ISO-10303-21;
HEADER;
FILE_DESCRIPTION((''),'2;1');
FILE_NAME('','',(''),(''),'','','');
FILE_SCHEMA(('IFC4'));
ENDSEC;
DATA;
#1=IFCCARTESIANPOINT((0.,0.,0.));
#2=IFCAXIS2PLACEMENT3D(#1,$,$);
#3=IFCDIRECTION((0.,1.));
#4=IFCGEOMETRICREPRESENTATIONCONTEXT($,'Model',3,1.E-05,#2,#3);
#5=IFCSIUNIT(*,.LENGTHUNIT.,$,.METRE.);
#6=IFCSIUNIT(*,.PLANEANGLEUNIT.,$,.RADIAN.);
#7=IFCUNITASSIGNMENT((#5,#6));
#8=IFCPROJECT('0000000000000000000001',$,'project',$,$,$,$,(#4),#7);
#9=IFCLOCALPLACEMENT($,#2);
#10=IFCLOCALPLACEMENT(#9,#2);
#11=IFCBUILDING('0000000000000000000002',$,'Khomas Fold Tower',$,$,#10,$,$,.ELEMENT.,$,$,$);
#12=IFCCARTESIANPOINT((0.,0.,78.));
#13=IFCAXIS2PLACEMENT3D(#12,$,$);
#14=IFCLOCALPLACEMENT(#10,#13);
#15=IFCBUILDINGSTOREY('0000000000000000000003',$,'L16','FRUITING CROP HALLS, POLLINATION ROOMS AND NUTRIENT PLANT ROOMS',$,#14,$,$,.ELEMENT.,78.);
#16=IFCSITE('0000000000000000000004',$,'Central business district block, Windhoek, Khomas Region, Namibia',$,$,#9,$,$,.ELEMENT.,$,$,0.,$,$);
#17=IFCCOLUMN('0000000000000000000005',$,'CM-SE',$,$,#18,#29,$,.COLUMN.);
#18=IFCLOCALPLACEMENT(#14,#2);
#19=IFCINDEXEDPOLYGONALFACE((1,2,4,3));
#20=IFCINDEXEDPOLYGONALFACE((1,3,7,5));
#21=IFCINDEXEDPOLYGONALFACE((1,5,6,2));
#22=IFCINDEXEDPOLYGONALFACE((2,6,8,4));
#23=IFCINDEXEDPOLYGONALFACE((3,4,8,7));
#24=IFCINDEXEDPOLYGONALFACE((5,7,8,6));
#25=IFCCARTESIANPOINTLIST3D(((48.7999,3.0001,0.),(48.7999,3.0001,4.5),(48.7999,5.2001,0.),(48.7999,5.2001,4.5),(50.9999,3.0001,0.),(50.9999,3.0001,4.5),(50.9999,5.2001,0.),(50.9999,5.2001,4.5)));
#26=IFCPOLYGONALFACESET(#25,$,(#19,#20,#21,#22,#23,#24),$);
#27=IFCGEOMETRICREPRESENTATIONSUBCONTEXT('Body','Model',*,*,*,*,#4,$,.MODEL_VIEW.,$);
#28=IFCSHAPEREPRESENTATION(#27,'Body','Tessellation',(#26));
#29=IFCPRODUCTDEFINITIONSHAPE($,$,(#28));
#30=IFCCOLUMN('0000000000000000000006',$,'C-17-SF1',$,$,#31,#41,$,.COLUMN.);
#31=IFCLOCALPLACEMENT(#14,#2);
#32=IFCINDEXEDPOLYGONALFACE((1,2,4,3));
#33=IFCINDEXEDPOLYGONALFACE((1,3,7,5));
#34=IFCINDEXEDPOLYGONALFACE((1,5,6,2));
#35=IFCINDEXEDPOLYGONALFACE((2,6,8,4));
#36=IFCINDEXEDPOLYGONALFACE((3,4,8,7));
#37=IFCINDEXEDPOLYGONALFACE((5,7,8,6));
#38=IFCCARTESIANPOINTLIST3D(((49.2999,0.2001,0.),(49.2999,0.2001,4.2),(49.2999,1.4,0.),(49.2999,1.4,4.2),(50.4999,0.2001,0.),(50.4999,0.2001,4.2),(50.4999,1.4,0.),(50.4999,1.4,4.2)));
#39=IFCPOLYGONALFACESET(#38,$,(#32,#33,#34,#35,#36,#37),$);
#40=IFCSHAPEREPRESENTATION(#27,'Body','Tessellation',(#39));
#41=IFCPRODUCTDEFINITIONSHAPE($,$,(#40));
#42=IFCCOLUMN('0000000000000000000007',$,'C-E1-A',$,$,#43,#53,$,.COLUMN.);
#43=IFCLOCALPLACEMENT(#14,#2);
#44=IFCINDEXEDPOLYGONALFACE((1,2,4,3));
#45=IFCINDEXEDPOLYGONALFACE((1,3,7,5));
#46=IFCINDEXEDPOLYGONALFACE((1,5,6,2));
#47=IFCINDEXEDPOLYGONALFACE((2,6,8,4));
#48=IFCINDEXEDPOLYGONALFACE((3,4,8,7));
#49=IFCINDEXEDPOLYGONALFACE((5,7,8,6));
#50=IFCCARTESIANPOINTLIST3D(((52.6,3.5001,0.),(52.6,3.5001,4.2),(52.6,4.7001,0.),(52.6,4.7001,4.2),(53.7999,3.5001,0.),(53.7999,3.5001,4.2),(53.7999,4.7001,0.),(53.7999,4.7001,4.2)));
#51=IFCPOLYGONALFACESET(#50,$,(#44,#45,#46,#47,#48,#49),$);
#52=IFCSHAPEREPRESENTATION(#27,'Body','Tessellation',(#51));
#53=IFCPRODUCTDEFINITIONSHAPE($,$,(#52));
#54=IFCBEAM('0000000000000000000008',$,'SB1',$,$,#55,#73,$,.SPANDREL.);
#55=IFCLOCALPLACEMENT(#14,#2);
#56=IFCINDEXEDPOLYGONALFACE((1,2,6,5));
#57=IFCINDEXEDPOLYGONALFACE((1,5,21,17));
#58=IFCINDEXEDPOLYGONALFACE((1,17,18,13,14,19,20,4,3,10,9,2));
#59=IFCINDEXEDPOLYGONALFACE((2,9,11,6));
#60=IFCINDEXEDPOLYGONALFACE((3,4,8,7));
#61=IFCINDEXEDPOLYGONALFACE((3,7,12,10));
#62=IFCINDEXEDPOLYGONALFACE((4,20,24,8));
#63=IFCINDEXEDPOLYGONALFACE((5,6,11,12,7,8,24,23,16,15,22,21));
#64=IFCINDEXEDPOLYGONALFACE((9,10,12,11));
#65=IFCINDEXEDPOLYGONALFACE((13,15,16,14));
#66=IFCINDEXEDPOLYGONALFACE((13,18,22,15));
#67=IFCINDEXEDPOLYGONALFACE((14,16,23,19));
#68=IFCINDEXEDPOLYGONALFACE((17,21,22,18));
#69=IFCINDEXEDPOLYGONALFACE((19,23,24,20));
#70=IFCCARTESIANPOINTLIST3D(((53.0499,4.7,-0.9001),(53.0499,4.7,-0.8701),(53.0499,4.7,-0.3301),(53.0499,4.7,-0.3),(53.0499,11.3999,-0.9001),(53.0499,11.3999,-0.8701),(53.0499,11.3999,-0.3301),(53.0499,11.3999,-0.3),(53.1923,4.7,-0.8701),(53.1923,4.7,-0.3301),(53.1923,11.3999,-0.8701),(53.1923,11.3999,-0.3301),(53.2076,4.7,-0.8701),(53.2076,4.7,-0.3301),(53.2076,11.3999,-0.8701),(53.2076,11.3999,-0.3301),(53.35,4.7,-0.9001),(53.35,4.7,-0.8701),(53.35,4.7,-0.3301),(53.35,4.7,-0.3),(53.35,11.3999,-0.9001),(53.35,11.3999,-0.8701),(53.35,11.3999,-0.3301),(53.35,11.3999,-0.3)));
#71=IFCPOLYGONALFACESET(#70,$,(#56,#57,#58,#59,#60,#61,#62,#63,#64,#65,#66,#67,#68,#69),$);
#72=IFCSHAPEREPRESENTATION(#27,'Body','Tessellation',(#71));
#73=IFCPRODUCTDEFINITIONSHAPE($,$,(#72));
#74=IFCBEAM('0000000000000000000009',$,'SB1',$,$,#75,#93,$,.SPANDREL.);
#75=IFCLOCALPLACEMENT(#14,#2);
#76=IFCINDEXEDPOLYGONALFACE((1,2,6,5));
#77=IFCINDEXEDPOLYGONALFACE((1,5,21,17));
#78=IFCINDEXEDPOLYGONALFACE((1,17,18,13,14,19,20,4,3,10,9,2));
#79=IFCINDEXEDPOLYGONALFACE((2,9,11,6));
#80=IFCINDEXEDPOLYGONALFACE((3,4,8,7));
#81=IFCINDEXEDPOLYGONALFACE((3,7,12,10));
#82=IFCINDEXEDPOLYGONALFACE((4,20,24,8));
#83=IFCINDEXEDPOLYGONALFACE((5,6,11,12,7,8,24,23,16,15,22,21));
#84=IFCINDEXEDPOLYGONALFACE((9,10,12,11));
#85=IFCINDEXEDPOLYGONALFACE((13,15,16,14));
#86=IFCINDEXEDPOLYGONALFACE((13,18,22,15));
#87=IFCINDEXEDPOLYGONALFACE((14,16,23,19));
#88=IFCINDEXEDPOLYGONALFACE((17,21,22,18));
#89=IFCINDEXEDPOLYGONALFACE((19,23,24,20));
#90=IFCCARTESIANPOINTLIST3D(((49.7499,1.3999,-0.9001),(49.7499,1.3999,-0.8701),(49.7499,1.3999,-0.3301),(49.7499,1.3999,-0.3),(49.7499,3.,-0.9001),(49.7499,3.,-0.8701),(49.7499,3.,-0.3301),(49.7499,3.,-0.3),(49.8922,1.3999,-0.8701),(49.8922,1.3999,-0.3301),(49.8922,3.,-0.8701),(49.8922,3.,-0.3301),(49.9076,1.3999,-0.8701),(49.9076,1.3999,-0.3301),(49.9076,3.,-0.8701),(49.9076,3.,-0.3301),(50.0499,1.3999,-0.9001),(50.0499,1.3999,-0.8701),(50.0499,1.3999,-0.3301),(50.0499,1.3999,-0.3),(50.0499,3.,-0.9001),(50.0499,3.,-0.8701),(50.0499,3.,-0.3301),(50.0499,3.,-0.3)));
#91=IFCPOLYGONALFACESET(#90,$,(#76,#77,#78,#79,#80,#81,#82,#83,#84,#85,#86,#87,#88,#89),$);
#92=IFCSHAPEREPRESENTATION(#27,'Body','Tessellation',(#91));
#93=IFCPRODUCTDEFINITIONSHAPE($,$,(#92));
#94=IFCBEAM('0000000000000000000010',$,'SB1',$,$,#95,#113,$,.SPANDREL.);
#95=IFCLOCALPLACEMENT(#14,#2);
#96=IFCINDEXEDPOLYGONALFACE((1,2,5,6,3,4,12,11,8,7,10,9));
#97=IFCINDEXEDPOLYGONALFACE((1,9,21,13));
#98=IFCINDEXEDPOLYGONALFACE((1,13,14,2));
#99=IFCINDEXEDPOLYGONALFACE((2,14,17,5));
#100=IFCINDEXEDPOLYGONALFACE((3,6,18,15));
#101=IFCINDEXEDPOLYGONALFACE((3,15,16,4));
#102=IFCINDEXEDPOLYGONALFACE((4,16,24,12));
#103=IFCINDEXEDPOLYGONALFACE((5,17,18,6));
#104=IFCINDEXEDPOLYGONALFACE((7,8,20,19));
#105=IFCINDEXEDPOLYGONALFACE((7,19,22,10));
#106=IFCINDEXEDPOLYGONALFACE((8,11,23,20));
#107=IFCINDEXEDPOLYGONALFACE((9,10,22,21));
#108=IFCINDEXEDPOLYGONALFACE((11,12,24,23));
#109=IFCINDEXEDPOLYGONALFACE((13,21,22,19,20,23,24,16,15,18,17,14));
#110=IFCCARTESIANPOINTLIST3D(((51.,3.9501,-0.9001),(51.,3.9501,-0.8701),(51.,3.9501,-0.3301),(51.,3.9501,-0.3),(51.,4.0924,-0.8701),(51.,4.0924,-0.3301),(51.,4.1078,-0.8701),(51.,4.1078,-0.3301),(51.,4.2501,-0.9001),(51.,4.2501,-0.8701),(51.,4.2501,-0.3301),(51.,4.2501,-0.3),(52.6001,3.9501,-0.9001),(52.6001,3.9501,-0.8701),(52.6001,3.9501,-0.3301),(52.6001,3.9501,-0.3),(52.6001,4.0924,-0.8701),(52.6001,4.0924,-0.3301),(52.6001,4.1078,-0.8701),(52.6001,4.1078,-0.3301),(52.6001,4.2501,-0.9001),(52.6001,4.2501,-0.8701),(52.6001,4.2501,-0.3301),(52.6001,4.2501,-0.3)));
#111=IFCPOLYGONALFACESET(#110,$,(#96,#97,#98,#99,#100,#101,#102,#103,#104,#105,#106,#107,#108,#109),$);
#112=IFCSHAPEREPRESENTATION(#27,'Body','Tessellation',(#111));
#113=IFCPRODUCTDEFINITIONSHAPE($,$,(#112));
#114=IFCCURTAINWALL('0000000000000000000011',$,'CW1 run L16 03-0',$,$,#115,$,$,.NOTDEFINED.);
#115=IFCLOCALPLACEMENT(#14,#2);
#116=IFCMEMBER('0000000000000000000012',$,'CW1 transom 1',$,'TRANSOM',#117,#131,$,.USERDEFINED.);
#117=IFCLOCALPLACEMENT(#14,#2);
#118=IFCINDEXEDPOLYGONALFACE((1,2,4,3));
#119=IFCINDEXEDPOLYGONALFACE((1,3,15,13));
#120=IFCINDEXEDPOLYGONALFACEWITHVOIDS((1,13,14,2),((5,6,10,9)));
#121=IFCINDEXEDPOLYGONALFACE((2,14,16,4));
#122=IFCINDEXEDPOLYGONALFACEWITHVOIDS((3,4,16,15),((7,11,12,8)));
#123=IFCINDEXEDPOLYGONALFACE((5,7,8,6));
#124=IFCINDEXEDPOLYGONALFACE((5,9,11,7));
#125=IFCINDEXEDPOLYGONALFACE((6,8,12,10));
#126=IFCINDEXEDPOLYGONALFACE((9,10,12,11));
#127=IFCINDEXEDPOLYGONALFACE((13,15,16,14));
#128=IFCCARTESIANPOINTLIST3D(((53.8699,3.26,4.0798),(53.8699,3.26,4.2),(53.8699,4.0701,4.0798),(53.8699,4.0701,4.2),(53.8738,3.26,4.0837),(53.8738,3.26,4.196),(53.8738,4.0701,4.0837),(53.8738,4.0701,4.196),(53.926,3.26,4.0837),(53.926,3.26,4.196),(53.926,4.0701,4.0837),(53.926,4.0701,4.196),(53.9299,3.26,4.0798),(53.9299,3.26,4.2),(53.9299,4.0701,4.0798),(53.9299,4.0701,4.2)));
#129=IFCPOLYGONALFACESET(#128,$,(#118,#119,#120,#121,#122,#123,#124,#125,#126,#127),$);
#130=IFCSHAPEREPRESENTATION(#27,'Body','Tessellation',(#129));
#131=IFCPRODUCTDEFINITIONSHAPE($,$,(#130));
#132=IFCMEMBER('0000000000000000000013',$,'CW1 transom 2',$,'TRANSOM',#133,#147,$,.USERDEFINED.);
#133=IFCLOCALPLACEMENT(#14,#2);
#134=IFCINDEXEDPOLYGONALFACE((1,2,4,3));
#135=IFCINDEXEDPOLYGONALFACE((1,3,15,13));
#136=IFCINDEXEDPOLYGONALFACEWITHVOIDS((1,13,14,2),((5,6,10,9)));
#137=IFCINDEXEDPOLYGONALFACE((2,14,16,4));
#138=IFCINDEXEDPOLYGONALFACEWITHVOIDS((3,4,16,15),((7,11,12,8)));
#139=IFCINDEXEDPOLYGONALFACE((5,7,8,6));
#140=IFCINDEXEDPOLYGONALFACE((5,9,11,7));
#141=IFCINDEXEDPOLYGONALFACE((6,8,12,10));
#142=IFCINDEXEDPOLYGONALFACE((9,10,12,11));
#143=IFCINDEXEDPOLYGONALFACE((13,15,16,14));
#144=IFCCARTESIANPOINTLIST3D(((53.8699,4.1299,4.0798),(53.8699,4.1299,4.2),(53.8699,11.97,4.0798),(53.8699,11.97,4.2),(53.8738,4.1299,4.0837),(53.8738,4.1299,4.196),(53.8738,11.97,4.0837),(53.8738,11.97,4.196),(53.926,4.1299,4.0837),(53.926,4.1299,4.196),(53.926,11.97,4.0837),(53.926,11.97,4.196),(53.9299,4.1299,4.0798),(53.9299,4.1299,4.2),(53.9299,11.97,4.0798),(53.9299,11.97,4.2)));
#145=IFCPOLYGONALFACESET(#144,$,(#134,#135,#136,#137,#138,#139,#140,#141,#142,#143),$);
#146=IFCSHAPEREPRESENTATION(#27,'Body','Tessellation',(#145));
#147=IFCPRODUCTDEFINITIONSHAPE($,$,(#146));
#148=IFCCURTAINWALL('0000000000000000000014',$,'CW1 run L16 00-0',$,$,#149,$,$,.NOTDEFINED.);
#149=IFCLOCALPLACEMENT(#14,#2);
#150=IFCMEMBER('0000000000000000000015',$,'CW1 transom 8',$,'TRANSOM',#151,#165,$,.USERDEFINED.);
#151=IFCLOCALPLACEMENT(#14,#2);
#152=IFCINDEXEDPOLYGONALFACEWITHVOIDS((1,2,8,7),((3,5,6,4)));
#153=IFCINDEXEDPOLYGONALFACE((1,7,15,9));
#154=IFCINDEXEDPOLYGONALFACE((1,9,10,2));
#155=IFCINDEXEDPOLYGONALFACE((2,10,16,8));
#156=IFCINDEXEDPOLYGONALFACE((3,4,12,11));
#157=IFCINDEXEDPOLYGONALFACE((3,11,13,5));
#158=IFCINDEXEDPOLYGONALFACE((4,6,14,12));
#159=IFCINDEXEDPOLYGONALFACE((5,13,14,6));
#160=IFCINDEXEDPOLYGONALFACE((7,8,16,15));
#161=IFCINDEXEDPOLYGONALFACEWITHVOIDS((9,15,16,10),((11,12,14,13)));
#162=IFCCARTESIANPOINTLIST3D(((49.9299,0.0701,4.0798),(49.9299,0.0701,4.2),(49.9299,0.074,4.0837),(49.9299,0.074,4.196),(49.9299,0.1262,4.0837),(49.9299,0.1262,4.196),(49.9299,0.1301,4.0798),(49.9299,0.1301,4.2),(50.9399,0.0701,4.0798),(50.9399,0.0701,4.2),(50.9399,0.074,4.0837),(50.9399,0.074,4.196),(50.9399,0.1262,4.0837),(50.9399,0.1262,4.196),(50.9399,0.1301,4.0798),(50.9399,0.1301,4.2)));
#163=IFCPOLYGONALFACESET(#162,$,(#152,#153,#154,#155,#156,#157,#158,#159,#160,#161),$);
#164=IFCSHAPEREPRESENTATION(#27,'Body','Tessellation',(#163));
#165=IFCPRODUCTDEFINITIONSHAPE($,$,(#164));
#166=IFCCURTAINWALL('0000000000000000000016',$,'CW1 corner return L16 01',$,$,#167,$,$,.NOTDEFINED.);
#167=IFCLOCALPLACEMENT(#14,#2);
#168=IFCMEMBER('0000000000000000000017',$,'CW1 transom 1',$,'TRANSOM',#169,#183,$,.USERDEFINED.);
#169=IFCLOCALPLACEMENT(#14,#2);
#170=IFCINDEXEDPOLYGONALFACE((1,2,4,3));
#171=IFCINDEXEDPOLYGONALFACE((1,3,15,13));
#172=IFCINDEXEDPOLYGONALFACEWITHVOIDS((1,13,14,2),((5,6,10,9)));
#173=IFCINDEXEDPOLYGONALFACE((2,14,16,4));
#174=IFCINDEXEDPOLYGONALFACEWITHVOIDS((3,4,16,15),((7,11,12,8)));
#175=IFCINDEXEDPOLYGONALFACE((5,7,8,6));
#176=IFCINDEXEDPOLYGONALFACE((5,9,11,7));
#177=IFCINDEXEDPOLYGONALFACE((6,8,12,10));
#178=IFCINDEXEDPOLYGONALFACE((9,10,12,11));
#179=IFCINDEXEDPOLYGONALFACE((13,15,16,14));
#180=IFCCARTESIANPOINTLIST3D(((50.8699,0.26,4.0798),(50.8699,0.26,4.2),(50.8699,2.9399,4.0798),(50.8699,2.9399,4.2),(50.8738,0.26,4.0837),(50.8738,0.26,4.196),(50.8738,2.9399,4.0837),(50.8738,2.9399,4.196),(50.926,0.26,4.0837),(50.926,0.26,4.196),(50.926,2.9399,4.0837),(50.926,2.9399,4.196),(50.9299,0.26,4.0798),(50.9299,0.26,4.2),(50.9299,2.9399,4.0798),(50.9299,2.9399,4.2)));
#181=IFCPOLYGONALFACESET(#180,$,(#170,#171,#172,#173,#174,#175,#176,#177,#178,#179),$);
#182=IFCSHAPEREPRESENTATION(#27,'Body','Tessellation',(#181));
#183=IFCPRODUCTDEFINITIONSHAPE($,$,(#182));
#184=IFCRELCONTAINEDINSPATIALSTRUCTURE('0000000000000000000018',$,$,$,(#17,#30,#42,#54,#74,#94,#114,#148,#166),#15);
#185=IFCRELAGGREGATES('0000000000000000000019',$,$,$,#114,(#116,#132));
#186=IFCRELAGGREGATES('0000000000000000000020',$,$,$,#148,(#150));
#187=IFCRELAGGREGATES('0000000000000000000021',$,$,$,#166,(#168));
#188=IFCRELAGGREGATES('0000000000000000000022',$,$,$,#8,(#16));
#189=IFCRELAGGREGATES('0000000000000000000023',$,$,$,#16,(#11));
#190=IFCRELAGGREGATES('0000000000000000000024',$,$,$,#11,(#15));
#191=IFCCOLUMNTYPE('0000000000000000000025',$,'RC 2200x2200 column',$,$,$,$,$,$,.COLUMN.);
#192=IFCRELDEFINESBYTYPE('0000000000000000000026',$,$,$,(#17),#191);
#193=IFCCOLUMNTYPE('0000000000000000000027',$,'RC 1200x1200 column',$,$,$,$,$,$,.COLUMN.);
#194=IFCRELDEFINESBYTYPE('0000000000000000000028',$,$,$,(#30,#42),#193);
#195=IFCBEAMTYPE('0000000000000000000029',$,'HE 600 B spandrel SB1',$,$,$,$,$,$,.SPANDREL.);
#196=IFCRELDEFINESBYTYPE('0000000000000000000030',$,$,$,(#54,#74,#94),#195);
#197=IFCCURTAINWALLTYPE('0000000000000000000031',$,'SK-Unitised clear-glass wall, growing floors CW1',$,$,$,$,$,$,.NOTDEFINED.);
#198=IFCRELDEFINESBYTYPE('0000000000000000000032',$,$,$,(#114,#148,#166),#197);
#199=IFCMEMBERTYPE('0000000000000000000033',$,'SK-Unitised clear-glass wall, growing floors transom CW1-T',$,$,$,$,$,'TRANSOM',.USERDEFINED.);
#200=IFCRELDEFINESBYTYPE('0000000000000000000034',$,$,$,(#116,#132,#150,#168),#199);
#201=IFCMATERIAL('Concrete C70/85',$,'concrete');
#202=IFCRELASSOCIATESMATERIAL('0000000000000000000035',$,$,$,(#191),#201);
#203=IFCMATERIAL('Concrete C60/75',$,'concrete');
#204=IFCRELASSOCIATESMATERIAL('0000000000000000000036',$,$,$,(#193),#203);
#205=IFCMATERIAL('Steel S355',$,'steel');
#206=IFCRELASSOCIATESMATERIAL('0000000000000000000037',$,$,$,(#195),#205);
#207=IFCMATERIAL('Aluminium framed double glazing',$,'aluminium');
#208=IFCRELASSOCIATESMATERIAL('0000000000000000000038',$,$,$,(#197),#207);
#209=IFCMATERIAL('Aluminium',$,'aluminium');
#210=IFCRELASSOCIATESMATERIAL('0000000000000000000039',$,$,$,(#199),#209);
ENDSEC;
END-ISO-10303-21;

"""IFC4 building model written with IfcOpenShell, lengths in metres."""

from ifc_helpers import new_model, si_unit, direction, frame, origin, origin_2d, place, context, subcontext, project, spatial, rectangle, hollow_rectangle, i_section, extrude, source, transform, mapped, material, material_profile, profile_set, type_object, element, aggregate, save


model = new_model("IFC4")

# Units and contexts
model_context = context("Model", 3, precision=1e-05, world=origin(), true_north=direction((0.0, 1.0)))
body_context = subcontext(model_context, "Body", "Model", "MODEL_VIEW")
ifc_project = project(units=[si_unit("LENGTHUNIT", "METRE"), si_unit("PLANEANGLEUNIT", "RADIAN")], contexts=[model_context])

# Site, building, storey
site_placement = place(None, origin())
site = spatial("IfcSite", under=ifc_project, at=site_placement, Name="Central business district block, Windhoek, Khomas Region, Namibia", CompositionType="ELEMENT", RefElevation=0.0)
building_placement = place(site_placement, origin())
building = spatial("IfcBuilding", under=site, at=building_placement, Name="Khomas Fold Tower", CompositionType="ELEMENT")
storey_placement = place(building_placement, frame((0.0, 0.0, 78.0)))
storey = spatial("IfcBuildingStorey", under=building, at=storey_placement, Name="L16", Description="FRUITING CROP HALLS, POLLINATION ROOMS AND NUTRIENT PLANT ROOMS", CompositionType="ELEMENT", Elevation=78.0)

# Columns
ifc_material_1 = material(Name="Concrete C70/85", Category="concrete")
ifc_material_profile_1 = material_profile(ifc_material_1, rectangle(XDim=2.2, YDim=2.2, at=origin_2d()), Name="RC 2200x2200")
ifc_profile_set_1 = profile_set([ifc_material_profile_1], Name="Concrete C70/85")
column_type_1 = type_object("IfcColumnType", Name="RC 2200x2200 column", PredefinedType="COLUMN", material=ifc_profile_set_1)
shared_shape_1 = source(origin(), body_context, "Body", "SweptSolid", [
    extrude(rectangle(XDim=2.2, YDim=2.2, at=origin_2d()), origin(), (0.0, 0.0, 1.0), 4.5),
])
column_placement = place(storey_placement, frame((49.8999, 4.1001, 0.0), z_axis=(0.0, 0.0, 1.0), x_axis=(1.0, 0.0, 0.0)))
element("IfcColumn", 1, at=column_placement, inside=storey, type_object=column_type_1, Name="CM-SE", PredefinedType="COLUMN", context=body_context, shape_type="MappedRepresentation", body=[
    mapped(shared_shape_1, transform((0.0, 0.0, 0.0))),
])
ifc_material_2 = material(Name="Concrete C60/75", Category="concrete")
ifc_material_profile_2 = material_profile(ifc_material_2, rectangle(XDim=1.2, YDim=1.2, at=origin_2d()), Name="RC 1200x1200")
ifc_profile_set_2 = profile_set([ifc_material_profile_2], Name="Concrete C60/75")
column_type_2 = type_object("IfcColumnType", Name="RC 1200x1200 column", PredefinedType="COLUMN", material=ifc_profile_set_2)
shared_shape_2 = source(origin(), body_context, "Body", "SweptSolid", [
    extrude(rectangle(XDim=1.2, YDim=1.2, at=origin_2d()), origin(), (0.0, 0.0, 1.0), 4.2),
])
for number, where, z_axis, x_axis, name in (
    (2, (49.8999, 0.8, 0.0), (0.0, 0.0, 1.0), (1.0, 0.0, 0.0), "C-17-SF1"),
    (3, (53.2, 4.1001, 0.0), (0.0, 0.0, 1.0), (1.0, 0.0, 0.0), "C-E1-A"),
):
    element("IfcColumn", number, at=place(storey_placement, frame(where, z_axis=z_axis, x_axis=x_axis)), inside=storey, type_object=column_type_2, Name=name, PredefinedType="COLUMN", context=body_context, shape_type="MappedRepresentation", body=[
        mapped(shared_shape_2, transform((0.0, 0.0, 0.0))),
    ])

# Beams
ifc_material_3 = material(Name="Steel S355", Category="steel")
ifc_material_profile_3 = material_profile(ifc_material_3, i_section(OverallWidth=0.3, OverallDepth=0.6001, WebThickness=0.0154, FlangeThickness=0.03, at=origin_2d()), Name="HE 600 B")
ifc_profile_set_3 = profile_set([ifc_material_profile_3], Name="Steel S355")
beam_type = type_object("IfcBeamType", Name="HE 600 B spandrel SB1", PredefinedType="SPANDREL", material=ifc_profile_set_3)
shared_shape_3 = source(origin(), body_context, "Body", "SweptSolid", [
    extrude(i_section(OverallWidth=0.3, OverallDepth=0.6001, WebThickness=0.0154, FlangeThickness=0.03, at=origin_2d()), origin(), (0.0, 0.0, 1.0), 6.7),
])
beam_placement = place(storey_placement, frame((53.2, 4.7, -0.6001), z_axis=(0.0, 1.0, 0.0), x_axis=(-1.0, 0.0, 0.0)))
element("IfcBeam", 4, at=beam_placement, inside=storey, type_object=beam_type, Name="SB1", PredefinedType="SPANDREL", context=body_context, shape_type="MappedRepresentation", body=[
    mapped(shared_shape_3, transform((0.0, 0.0, 0.0))),
])
shared_shape_4 = source(origin(), body_context, "Body", "SweptSolid", [
    extrude(i_section(OverallWidth=0.3, OverallDepth=0.6001, WebThickness=0.0154, FlangeThickness=0.03, at=origin_2d()), origin(), (0.0, 0.0, 1.0), 1.6001),
])
for number, where, z_axis, x_axis, name in (
    (5, (49.8999, 1.3999, -0.6001), (0.0, 1.0, 0.0), (-1.0, 0.0, 0.0), "SB1"),
    (6, (51.0, 4.1001, -0.6001), (1.0, 0.0, 0.0), (0.0, 1.0, 0.0), "SB1"),
):
    element("IfcBeam", number, at=place(storey_placement, frame(where, z_axis=z_axis, x_axis=x_axis)), inside=storey, type_object=beam_type, Name=name, PredefinedType="SPANDREL", context=body_context, shape_type="MappedRepresentation", body=[
        mapped(shared_shape_4, transform((0.0, 0.0, 0.0))),
    ])

# Curtain wall, members
ifc_material_4 = material(Name="Aluminium framed double glazing", Category="aluminium")
curtain_wall_type = type_object("IfcCurtainWallType", Name="SK-Unitised clear-glass wall, growing floors CW1", PredefinedType="NOTDEFINED", material=ifc_material_4)
curtain_wall_1_placement = place(storey_placement, origin())
curtain_wall_1 = element("IfcCurtainWall", 7, at=curtain_wall_1_placement, inside=storey, type_object=curtain_wall_type, Name="CW1 run L16 03-0", PredefinedType="NOTDEFINED")
ifc_material_5 = material(Name="Aluminium", Category="aluminium")
ifc_material_profile_4 = material_profile(ifc_material_5, hollow_rectangle(XDim=0.0601, YDim=0.1201, WallThickness=0.0039, at=origin_2d()), Name="SK-Unitised clear-glass wall, growing floors transom CW1-T")
ifc_profile_set_4 = profile_set([ifc_material_profile_4], Name="Aluminium")
member_type_1 = type_object("IfcMemberType", Name="SK-Unitised clear-glass wall, growing floors transom CW1-T", ElementType="TRANSOM", PredefinedType="USERDEFINED", material=ifc_profile_set_4)
shared_shape_5 = source(origin(), body_context, "Body", "SweptSolid", [
    extrude(hollow_rectangle(XDim=0.0601, YDim=0.1201, WallThickness=0.0039, at=origin_2d()), origin(), (0.0, 0.0, 1.0), 0.8101),
])
member_1_placement = place(storey_placement, frame((53.8999, 3.26, 4.1399), z_axis=(0.0, 1.0, 0.0), x_axis=(-1.0, 0.0, 0.0)))
member_1 = element("IfcMember", 8, at=member_1_placement, type_object=member_type_1, Name="CW1 transom 1", ObjectType="TRANSOM", PredefinedType="USERDEFINED", context=body_context, shape_type="MappedRepresentation", body=[
    mapped(shared_shape_5, transform((0.0, 0.0, 0.0))),
])
shared_shape_6 = source(origin(), body_context, "Body", "SweptSolid", [
    extrude(hollow_rectangle(XDim=0.0601, YDim=0.1201, WallThickness=0.0039, at=origin_2d()), origin(), (0.0, 0.0, 1.0), 7.8401),
])
member_2_placement = place(storey_placement, frame((53.8999, 4.1299, 4.1399), z_axis=(0.0, 1.0, 0.0), x_axis=(-1.0, 0.0, 0.0)))
member_2 = element("IfcMember", 9, at=member_2_placement, type_object=member_type_1, Name="CW1 transom 2", ObjectType="TRANSOM", PredefinedType="USERDEFINED", context=body_context, shape_type="MappedRepresentation", body=[
    mapped(shared_shape_6, transform((0.0, 0.0, 0.0))),
])

# Curtain walls, members
curtain_wall_2_placement = place(storey_placement, origin())
curtain_wall_2 = element("IfcCurtainWall", 10, at=curtain_wall_2_placement, inside=storey, type_object=curtain_wall_type, Name="CW1 run L16 00-0", PredefinedType="NOTDEFINED")
shared_shape_7 = source(origin(), body_context, "Body", "SweptSolid", [
    extrude(hollow_rectangle(XDim=0.0601, YDim=0.1201, WallThickness=0.0039, at=origin_2d()), origin(), (0.0, 0.0, 1.0), 1.01),
])
member_3_placement = place(storey_placement, frame((49.9299, 0.1001, 4.1399), z_axis=(1.0, 0.0, 0.0), x_axis=(0.0, 1.0, 0.0)))
member_3 = element("IfcMember", 11, at=member_3_placement, type_object=member_type_1, Name="CW1 transom 8", ObjectType="TRANSOM", PredefinedType="USERDEFINED", context=body_context, shape_type="MappedRepresentation", body=[
    mapped(shared_shape_7, transform((0.0, 0.0, 0.0))),
])
curtain_wall_3_placement = place(storey_placement, origin())
curtain_wall_3 = element("IfcCurtainWall", 12, at=curtain_wall_3_placement, inside=storey, type_object=curtain_wall_type, Name="CW1 corner return L16 01", PredefinedType="NOTDEFINED")
shared_shape_8 = source(origin(), body_context, "Body", "SweptSolid", [
    extrude(hollow_rectangle(XDim=0.0601, YDim=0.1201, WallThickness=0.0039, at=origin_2d()), origin(), (0.0, 0.0, 1.0), 2.6799),
])
member_4_placement = place(storey_placement, frame((50.8999, 0.26, 4.1399), z_axis=(0.0, 1.0, 0.0), x_axis=(-1.0, 0.0, 0.0)))
member_4 = element("IfcMember", 13, at=member_4_placement, type_object=member_type_1, Name="CW1 transom 1", ObjectType="TRANSOM", PredefinedType="USERDEFINED", context=body_context, shape_type="MappedRepresentation", body=[
    mapped(shared_shape_8, transform((0.0, 0.0, 0.0))),
])

aggregate(curtain_wall_1, [member_1, member_2])
aggregate(curtain_wall_2, [member_3])
aggregate(curtain_wall_3, [member_4])

save(model, "model.ifc")
